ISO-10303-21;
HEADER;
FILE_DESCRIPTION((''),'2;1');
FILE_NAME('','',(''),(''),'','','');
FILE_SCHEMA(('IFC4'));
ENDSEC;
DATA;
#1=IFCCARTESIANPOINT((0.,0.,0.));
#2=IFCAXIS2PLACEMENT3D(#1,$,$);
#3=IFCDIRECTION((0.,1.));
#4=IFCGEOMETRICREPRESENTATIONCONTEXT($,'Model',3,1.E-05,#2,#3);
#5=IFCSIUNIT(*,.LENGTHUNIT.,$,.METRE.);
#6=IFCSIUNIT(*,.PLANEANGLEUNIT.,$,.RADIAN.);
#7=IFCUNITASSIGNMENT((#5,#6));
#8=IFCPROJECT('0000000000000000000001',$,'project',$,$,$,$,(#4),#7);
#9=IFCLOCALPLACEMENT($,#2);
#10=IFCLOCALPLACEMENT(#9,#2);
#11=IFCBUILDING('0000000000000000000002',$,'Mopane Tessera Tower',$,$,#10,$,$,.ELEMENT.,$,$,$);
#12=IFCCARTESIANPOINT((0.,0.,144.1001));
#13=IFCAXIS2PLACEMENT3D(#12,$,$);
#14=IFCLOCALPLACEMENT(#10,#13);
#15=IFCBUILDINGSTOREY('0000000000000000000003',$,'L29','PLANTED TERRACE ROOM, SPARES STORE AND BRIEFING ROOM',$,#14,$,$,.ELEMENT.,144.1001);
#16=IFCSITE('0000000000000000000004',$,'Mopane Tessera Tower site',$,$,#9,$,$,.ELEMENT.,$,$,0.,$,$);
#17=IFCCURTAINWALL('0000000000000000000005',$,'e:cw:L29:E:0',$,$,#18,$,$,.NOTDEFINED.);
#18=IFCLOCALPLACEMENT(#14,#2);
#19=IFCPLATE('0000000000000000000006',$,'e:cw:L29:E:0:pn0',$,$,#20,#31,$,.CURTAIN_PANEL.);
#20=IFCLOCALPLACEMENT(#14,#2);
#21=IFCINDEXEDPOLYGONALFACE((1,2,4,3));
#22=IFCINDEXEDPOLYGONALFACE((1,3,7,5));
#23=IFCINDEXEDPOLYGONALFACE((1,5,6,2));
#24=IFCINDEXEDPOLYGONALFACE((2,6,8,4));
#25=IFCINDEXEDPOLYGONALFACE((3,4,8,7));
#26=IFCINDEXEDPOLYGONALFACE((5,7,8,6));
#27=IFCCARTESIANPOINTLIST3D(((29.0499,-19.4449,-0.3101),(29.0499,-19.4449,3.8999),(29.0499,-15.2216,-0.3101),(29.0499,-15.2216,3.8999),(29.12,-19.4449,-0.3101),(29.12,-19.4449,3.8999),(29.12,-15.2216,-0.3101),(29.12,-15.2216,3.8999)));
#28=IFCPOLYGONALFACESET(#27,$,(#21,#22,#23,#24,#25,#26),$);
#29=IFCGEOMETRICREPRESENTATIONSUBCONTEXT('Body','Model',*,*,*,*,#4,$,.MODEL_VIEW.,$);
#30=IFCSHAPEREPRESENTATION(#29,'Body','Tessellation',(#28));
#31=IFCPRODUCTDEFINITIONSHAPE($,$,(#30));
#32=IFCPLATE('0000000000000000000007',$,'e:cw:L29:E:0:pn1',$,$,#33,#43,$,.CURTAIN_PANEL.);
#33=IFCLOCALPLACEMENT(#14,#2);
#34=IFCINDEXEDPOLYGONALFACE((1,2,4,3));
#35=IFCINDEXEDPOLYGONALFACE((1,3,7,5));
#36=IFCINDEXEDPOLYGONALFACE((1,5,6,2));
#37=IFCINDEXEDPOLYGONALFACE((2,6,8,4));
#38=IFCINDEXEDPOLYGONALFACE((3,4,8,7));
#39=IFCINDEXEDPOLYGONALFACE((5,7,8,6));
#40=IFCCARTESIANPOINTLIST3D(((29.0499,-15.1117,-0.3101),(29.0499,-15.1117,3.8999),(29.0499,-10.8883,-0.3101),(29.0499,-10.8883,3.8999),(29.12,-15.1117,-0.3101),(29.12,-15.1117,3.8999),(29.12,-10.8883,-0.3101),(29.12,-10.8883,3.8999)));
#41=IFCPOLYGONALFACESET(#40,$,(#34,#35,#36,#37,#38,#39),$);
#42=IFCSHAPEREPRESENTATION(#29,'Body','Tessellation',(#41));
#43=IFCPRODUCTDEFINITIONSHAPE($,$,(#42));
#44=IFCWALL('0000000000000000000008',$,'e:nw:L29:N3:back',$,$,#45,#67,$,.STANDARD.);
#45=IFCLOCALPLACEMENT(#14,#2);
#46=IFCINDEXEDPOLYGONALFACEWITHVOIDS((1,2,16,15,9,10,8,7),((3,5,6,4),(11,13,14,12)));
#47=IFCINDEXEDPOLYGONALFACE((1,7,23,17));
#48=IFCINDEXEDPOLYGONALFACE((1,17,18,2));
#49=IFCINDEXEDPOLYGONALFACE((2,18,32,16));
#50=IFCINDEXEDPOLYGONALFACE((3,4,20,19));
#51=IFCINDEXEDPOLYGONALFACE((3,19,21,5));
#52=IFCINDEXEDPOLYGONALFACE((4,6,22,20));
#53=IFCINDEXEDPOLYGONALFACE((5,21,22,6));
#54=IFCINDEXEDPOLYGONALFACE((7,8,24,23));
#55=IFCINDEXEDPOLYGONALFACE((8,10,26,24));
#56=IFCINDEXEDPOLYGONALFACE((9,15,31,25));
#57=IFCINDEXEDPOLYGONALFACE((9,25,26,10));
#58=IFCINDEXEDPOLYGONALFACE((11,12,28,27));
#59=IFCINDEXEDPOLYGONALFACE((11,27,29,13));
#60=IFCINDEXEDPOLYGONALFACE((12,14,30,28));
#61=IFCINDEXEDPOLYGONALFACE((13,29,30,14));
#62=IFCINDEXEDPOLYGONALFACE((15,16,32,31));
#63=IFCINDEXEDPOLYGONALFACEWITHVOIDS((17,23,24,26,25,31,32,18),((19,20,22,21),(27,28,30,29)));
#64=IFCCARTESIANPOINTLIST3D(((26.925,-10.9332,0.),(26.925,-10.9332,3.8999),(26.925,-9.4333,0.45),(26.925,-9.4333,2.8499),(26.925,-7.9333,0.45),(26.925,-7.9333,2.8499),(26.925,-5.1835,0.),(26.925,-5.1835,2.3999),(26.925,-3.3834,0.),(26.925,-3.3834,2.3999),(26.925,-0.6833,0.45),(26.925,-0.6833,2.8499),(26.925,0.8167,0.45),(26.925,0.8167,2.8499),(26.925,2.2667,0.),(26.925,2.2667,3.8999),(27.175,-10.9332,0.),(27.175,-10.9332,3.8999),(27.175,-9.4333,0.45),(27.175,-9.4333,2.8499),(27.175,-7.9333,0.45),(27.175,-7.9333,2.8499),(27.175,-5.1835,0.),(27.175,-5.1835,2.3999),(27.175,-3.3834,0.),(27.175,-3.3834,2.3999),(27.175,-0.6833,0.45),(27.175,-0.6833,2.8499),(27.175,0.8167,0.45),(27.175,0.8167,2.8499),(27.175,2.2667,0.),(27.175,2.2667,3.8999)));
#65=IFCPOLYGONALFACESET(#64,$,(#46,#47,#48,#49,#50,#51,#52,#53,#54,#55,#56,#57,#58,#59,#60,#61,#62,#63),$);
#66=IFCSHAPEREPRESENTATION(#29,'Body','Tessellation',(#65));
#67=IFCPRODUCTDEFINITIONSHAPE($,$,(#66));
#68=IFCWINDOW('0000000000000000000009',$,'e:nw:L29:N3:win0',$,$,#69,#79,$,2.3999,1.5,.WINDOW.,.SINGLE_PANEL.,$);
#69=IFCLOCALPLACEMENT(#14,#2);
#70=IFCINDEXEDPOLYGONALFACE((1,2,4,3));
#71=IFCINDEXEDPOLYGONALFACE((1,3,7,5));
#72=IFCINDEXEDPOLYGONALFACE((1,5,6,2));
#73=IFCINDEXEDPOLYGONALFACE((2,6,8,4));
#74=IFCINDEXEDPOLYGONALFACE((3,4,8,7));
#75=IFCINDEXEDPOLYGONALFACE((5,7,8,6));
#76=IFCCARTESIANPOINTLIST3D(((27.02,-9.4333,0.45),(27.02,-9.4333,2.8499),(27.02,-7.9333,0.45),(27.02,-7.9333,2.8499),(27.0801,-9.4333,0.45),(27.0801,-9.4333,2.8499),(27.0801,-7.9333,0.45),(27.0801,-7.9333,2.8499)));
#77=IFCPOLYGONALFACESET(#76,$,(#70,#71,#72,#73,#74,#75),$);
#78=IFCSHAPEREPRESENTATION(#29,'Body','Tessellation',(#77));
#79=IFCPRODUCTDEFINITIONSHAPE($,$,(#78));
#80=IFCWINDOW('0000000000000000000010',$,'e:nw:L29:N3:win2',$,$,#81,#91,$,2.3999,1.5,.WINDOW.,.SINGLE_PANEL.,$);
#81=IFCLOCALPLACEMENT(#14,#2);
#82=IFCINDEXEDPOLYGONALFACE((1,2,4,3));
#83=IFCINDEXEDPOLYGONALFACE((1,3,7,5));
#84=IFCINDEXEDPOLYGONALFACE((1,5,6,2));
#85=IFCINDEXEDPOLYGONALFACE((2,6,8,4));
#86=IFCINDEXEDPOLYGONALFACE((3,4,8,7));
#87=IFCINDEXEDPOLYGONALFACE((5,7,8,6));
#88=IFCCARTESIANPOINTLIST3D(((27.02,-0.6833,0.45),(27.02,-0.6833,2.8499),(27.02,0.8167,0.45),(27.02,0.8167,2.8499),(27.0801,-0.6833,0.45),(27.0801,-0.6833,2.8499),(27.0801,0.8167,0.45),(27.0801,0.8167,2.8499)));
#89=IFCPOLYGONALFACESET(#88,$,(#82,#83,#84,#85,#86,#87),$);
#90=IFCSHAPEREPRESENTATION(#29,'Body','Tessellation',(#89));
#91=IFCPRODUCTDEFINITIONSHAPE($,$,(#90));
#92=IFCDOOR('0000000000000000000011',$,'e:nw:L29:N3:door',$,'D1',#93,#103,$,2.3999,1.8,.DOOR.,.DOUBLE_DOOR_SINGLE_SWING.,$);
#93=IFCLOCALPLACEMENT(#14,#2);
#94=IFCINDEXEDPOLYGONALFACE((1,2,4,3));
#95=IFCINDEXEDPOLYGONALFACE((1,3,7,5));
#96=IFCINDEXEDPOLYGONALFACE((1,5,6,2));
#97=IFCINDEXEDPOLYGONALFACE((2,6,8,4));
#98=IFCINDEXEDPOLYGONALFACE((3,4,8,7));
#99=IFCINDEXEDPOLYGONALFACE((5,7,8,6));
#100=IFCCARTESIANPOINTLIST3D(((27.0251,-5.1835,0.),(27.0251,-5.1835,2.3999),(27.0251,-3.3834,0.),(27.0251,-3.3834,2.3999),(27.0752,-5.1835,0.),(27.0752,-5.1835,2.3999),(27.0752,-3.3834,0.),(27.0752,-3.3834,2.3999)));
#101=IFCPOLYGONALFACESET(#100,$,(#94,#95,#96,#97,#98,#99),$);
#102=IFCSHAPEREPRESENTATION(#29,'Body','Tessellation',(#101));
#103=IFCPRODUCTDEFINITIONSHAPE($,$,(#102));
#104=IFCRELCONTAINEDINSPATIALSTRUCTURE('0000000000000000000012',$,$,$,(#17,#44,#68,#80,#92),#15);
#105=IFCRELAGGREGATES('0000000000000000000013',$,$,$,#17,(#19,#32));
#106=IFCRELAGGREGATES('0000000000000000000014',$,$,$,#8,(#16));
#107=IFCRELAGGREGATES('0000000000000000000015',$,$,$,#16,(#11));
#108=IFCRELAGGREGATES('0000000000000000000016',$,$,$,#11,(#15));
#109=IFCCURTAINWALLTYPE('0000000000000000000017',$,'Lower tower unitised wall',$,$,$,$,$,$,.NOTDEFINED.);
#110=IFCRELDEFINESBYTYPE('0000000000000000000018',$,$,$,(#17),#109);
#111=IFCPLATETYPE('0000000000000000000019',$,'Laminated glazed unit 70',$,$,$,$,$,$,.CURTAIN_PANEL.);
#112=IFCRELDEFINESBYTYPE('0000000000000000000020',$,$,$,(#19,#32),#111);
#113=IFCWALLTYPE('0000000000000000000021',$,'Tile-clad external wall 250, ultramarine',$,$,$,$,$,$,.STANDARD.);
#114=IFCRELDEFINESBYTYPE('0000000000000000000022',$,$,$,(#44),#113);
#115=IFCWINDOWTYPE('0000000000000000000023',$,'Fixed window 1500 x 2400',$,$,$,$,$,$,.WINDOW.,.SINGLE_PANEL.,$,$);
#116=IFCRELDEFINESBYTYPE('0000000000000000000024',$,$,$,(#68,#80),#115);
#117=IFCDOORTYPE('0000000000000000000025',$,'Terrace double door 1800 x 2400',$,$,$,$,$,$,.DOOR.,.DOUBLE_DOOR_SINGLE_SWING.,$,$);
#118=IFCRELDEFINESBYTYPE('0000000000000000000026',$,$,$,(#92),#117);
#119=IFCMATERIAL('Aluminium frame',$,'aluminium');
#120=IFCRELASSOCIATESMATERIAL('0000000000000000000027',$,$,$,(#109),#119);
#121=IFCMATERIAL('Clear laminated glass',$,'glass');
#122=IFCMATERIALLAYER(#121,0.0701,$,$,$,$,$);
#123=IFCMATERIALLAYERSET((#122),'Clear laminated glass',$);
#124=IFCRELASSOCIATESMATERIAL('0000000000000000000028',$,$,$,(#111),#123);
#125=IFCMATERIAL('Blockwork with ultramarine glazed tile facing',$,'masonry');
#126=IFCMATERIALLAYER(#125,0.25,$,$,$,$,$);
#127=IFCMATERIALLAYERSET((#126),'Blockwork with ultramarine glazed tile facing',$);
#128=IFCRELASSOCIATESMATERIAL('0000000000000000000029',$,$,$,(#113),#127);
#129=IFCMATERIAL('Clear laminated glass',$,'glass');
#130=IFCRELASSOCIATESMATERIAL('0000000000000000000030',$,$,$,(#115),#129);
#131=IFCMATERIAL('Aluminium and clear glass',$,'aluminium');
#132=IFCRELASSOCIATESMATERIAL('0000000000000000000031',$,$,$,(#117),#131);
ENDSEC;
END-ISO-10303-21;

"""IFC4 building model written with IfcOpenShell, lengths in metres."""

from ifc_helpers import new_model, si_unit, direction, frame, frame_2d, origin, origin_2d, place, context, subcontext, project, spatial, rectangle, extrude, material, layer, layer_set, type_object, element, fill, aggregate, save


model = new_model("IFC4")

# Units and contexts
model_context = context("Model", 3, precision=1e-05, world=origin(), true_north=direction((0.0, 1.0)))
body_context = subcontext(model_context, "Body", "Model", "MODEL_VIEW")
ifc_project = project(units=[si_unit("LENGTHUNIT", "METRE"), si_unit("PLANEANGLEUNIT", "RADIAN")], contexts=[model_context])

# Site, building, storey
site_placement = place(None, origin())
site = spatial("IfcSite", under=ifc_project, at=site_placement, Name="Mopane Tessera Tower site", CompositionType="ELEMENT", RefElevation=0.0)
building_placement = place(site_placement, origin())
building = spatial("IfcBuilding", under=site, at=building_placement, Name="Mopane Tessera Tower", CompositionType="ELEMENT")
storey_placement = place(building_placement, frame((0.0, 0.0, 144.1001)))
storey = spatial("IfcBuildingStorey", under=building, at=storey_placement, Name="L29", Description="PLANTED TERRACE ROOM, SPARES STORE AND BRIEFING ROOM", CompositionType="ELEMENT", Elevation=144.1001)

# Curtain wall
ifc_material_1 = material(Name="Aluminium frame", Category="aluminium")
curtain_wall_type = type_object("IfcCurtainWallType", Name="Lower tower unitised wall", PredefinedType="NOTDEFINED", material=ifc_material_1)
curtain_wall_1_placement = place(storey_placement, origin())
curtain_wall_1 = element("IfcCurtainWall", 1, at=curtain_wall_1_placement, inside=storey, type_object=curtain_wall_type, Name="e:cw:L29:E:0", PredefinedType="NOTDEFINED")

# Plates
ifc_material_2 = material(Name="Clear laminated glass", Category="glass")
ifc_layer_1 = layer(ifc_material_2, 0.0701)
ifc_layer_set_1 = layer_set([ifc_layer_1], Name="Clear laminated glass")
plate_type = type_object("IfcPlateType", Name="Laminated glazed unit 70", PredefinedType="CURTAIN_PANEL", material=ifc_layer_set_1)
plate_1_placement = place(storey_placement, frame((29.085, -17.3333, -0.3101), z_axis=(0.0, 0.0, 1.0), x_axis=(0.0, 1.0, 0.0)))
plate_1 = element("IfcPlate", 2, at=plate_1_placement, type_object=plate_type, Name="e:cw:L29:E:0:pn0", PredefinedType="CURTAIN_PANEL", context=body_context, shape_type="SweptSolid", body=[
    extrude(rectangle(XDim=4.2234, YDim=0.0701, at=origin_2d()), origin(), (0.0, 0.0, 1.0), 4.21),
])
plate_2_placement = place(storey_placement, frame((29.085, -13.0, -0.3101), z_axis=(0.0, 0.0, 1.0), x_axis=(0.0, 1.0, 0.0)))
plate_2 = element("IfcPlate", 3, at=plate_2_placement, type_object=plate_type, Name="e:cw:L29:E:0:pn1", PredefinedType="CURTAIN_PANEL", context=body_context, shape_type="SweptSolid", body=[
    extrude(rectangle(XDim=4.2234, YDim=0.0701, at=origin_2d()), origin(), (0.0, 0.0, 1.0), 4.21),
])
aggregate(curtain_wall_1, [plate_1, plate_2])

# Wall, openings, windows, door
ifc_material_3 = material(Name="Blockwork with ultramarine glazed tile facing", Category="masonry")
ifc_layer_2 = layer(ifc_material_3, 0.25)
ifc_layer_set_2 = layer_set([ifc_layer_2], Name="Blockwork with ultramarine glazed tile facing")
wall_type = type_object("IfcWallType", Name="Tile-clad external wall 250, ultramarine", PredefinedType="STANDARD", material=ifc_layer_set_2)
wall_placement = place(storey_placement, frame((27.05, -10.9333, 0.0), z_axis=(0.0, 0.0, 1.0), x_axis=(0.0, 1.0, 0.0)))
wall = element("IfcWall", 4, at=wall_placement, inside=storey, type_object=wall_type, Name="e:nw:L29:N3:back", PredefinedType="STANDARD", context=body_context, shape_type="SweptSolid", body=[
    extrude(rectangle(XDim=13.2, YDim=0.25, at=frame_2d((6.6001, 0.0))), origin(), (0.0, 0.0, 1.0), 3.8999),
])
opening_1_placement = place(wall_placement, frame((1.5, 0.0, 0.45)))
opening_1 = element("IfcOpeningElement", 5, at=opening_1_placement, cuts=wall, PredefinedType="OPENING", context=body_context, shape_type="SweptSolid", body=[
    extrude(rectangle(XDim=1.5, YDim=2.3999, at=frame_2d((0.75, 1.2))), frame((0.0, 0.137, 0.0), z_axis=(0.0, -1.0, 0.0), x_axis=(1.0, 0.0, 0.0)), (0.0, 0.0, 1.0), 0.2739),
])
opening_2_placement = place(wall_placement, frame((5.75, 0.0, 0.0)))
opening_2 = element("IfcOpeningElement", 6, at=opening_2_placement, cuts=wall, PredefinedType="OPENING", context=body_context, shape_type="SweptSolid", body=[
    extrude(rectangle(XDim=1.8, YDim=2.3999, at=frame_2d((0.8999, 1.2))), frame((0.0, 0.137, 0.0), z_axis=(0.0, -1.0, 0.0), x_axis=(1.0, 0.0, 0.0)), (0.0, 0.0, 1.0), 0.2739),
])
opening_3_placement = place(wall_placement, frame((10.25, 0.0, 0.45)))
opening_3 = element("IfcOpeningElement", 7, at=opening_3_placement, cuts=wall, PredefinedType="OPENING", context=body_context, shape_type="SweptSolid", body=[
    extrude(rectangle(XDim=1.5, YDim=2.3999, at=frame_2d((0.75, 1.2))), frame((0.0, 0.137, 0.0), z_axis=(0.0, -1.0, 0.0), x_axis=(1.0, 0.0, 0.0)), (0.0, 0.0, 1.0), 0.2739),
])
ifc_material_4 = material(Name="Clear laminated glass", Category="glass")
window_type = type_object("IfcWindowType", Name="Fixed window 1500 x 2400", PartitioningType="SINGLE_PANEL", PredefinedType="WINDOW", material=ifc_material_4)
window_1_placement = place(opening_1_placement, origin())
window_1 = element("IfcWindow", 8, at=window_1_placement, inside=storey, type_object=window_type, Name="e:nw:L29:N3:win0", OverallHeight=2.3999, OverallWidth=1.5, PartitioningType="SINGLE_PANEL", PredefinedType="WINDOW", context=body_context, shape_type="SweptSolid", body=[
    extrude(rectangle(XDim=1.5, YDim=2.3999, at=frame_2d((0.75, 1.2))), frame((0.0, 0.03, 0.0), z_axis=(0.0, -1.0, 0.0), x_axis=(1.0, 0.0, 0.0)), (0.0, 0.0, 1.0), 0.0601),
])
fill(opening_1, window_1)
window_2_placement = place(opening_3_placement, origin())
window_2 = element("IfcWindow", 9, at=window_2_placement, inside=storey, type_object=window_type, Name="e:nw:L29:N3:win2", OverallHeight=2.3999, OverallWidth=1.5, PartitioningType="SINGLE_PANEL", PredefinedType="WINDOW", context=body_context, shape_type="SweptSolid", body=[
    extrude(rectangle(XDim=1.5, YDim=2.3999, at=frame_2d((0.75, 1.2))), frame((0.0, 0.03, 0.0), z_axis=(0.0, -1.0, 0.0), x_axis=(1.0, 0.0, 0.0)), (0.0, 0.0, 1.0), 0.0601),
])
fill(opening_3, window_2)
ifc_material_5 = material(Name="Aluminium and clear glass", Category="aluminium")
door_type = type_object("IfcDoorType", Name="Terrace double door 1800 x 2400", OperationType="DOUBLE_DOOR_SINGLE_SWING", PredefinedType="DOOR", material=ifc_material_5)
door_placement = place(opening_2_placement, origin())
door = element("IfcDoor", 10, at=door_placement, inside=storey, type_object=door_type, Name="e:nw:L29:N3:door", ObjectType="D1", OperationType="DOUBLE_DOOR_SINGLE_SWING", OverallHeight=2.3999, OverallWidth=1.8, PredefinedType="DOOR", context=body_context, shape_type="SweptSolid", body=[
    extrude(rectangle(XDim=1.8, YDim=2.3999, at=frame_2d((0.8999, 1.2))), frame((0.0, 0.0249, 0.0), z_axis=(0.0, -1.0, 0.0), x_axis=(1.0, 0.0, 0.0)), (0.0, 0.0, 1.0), 0.05),
])
fill(opening_2, door)

save(model, "model.ifc")
